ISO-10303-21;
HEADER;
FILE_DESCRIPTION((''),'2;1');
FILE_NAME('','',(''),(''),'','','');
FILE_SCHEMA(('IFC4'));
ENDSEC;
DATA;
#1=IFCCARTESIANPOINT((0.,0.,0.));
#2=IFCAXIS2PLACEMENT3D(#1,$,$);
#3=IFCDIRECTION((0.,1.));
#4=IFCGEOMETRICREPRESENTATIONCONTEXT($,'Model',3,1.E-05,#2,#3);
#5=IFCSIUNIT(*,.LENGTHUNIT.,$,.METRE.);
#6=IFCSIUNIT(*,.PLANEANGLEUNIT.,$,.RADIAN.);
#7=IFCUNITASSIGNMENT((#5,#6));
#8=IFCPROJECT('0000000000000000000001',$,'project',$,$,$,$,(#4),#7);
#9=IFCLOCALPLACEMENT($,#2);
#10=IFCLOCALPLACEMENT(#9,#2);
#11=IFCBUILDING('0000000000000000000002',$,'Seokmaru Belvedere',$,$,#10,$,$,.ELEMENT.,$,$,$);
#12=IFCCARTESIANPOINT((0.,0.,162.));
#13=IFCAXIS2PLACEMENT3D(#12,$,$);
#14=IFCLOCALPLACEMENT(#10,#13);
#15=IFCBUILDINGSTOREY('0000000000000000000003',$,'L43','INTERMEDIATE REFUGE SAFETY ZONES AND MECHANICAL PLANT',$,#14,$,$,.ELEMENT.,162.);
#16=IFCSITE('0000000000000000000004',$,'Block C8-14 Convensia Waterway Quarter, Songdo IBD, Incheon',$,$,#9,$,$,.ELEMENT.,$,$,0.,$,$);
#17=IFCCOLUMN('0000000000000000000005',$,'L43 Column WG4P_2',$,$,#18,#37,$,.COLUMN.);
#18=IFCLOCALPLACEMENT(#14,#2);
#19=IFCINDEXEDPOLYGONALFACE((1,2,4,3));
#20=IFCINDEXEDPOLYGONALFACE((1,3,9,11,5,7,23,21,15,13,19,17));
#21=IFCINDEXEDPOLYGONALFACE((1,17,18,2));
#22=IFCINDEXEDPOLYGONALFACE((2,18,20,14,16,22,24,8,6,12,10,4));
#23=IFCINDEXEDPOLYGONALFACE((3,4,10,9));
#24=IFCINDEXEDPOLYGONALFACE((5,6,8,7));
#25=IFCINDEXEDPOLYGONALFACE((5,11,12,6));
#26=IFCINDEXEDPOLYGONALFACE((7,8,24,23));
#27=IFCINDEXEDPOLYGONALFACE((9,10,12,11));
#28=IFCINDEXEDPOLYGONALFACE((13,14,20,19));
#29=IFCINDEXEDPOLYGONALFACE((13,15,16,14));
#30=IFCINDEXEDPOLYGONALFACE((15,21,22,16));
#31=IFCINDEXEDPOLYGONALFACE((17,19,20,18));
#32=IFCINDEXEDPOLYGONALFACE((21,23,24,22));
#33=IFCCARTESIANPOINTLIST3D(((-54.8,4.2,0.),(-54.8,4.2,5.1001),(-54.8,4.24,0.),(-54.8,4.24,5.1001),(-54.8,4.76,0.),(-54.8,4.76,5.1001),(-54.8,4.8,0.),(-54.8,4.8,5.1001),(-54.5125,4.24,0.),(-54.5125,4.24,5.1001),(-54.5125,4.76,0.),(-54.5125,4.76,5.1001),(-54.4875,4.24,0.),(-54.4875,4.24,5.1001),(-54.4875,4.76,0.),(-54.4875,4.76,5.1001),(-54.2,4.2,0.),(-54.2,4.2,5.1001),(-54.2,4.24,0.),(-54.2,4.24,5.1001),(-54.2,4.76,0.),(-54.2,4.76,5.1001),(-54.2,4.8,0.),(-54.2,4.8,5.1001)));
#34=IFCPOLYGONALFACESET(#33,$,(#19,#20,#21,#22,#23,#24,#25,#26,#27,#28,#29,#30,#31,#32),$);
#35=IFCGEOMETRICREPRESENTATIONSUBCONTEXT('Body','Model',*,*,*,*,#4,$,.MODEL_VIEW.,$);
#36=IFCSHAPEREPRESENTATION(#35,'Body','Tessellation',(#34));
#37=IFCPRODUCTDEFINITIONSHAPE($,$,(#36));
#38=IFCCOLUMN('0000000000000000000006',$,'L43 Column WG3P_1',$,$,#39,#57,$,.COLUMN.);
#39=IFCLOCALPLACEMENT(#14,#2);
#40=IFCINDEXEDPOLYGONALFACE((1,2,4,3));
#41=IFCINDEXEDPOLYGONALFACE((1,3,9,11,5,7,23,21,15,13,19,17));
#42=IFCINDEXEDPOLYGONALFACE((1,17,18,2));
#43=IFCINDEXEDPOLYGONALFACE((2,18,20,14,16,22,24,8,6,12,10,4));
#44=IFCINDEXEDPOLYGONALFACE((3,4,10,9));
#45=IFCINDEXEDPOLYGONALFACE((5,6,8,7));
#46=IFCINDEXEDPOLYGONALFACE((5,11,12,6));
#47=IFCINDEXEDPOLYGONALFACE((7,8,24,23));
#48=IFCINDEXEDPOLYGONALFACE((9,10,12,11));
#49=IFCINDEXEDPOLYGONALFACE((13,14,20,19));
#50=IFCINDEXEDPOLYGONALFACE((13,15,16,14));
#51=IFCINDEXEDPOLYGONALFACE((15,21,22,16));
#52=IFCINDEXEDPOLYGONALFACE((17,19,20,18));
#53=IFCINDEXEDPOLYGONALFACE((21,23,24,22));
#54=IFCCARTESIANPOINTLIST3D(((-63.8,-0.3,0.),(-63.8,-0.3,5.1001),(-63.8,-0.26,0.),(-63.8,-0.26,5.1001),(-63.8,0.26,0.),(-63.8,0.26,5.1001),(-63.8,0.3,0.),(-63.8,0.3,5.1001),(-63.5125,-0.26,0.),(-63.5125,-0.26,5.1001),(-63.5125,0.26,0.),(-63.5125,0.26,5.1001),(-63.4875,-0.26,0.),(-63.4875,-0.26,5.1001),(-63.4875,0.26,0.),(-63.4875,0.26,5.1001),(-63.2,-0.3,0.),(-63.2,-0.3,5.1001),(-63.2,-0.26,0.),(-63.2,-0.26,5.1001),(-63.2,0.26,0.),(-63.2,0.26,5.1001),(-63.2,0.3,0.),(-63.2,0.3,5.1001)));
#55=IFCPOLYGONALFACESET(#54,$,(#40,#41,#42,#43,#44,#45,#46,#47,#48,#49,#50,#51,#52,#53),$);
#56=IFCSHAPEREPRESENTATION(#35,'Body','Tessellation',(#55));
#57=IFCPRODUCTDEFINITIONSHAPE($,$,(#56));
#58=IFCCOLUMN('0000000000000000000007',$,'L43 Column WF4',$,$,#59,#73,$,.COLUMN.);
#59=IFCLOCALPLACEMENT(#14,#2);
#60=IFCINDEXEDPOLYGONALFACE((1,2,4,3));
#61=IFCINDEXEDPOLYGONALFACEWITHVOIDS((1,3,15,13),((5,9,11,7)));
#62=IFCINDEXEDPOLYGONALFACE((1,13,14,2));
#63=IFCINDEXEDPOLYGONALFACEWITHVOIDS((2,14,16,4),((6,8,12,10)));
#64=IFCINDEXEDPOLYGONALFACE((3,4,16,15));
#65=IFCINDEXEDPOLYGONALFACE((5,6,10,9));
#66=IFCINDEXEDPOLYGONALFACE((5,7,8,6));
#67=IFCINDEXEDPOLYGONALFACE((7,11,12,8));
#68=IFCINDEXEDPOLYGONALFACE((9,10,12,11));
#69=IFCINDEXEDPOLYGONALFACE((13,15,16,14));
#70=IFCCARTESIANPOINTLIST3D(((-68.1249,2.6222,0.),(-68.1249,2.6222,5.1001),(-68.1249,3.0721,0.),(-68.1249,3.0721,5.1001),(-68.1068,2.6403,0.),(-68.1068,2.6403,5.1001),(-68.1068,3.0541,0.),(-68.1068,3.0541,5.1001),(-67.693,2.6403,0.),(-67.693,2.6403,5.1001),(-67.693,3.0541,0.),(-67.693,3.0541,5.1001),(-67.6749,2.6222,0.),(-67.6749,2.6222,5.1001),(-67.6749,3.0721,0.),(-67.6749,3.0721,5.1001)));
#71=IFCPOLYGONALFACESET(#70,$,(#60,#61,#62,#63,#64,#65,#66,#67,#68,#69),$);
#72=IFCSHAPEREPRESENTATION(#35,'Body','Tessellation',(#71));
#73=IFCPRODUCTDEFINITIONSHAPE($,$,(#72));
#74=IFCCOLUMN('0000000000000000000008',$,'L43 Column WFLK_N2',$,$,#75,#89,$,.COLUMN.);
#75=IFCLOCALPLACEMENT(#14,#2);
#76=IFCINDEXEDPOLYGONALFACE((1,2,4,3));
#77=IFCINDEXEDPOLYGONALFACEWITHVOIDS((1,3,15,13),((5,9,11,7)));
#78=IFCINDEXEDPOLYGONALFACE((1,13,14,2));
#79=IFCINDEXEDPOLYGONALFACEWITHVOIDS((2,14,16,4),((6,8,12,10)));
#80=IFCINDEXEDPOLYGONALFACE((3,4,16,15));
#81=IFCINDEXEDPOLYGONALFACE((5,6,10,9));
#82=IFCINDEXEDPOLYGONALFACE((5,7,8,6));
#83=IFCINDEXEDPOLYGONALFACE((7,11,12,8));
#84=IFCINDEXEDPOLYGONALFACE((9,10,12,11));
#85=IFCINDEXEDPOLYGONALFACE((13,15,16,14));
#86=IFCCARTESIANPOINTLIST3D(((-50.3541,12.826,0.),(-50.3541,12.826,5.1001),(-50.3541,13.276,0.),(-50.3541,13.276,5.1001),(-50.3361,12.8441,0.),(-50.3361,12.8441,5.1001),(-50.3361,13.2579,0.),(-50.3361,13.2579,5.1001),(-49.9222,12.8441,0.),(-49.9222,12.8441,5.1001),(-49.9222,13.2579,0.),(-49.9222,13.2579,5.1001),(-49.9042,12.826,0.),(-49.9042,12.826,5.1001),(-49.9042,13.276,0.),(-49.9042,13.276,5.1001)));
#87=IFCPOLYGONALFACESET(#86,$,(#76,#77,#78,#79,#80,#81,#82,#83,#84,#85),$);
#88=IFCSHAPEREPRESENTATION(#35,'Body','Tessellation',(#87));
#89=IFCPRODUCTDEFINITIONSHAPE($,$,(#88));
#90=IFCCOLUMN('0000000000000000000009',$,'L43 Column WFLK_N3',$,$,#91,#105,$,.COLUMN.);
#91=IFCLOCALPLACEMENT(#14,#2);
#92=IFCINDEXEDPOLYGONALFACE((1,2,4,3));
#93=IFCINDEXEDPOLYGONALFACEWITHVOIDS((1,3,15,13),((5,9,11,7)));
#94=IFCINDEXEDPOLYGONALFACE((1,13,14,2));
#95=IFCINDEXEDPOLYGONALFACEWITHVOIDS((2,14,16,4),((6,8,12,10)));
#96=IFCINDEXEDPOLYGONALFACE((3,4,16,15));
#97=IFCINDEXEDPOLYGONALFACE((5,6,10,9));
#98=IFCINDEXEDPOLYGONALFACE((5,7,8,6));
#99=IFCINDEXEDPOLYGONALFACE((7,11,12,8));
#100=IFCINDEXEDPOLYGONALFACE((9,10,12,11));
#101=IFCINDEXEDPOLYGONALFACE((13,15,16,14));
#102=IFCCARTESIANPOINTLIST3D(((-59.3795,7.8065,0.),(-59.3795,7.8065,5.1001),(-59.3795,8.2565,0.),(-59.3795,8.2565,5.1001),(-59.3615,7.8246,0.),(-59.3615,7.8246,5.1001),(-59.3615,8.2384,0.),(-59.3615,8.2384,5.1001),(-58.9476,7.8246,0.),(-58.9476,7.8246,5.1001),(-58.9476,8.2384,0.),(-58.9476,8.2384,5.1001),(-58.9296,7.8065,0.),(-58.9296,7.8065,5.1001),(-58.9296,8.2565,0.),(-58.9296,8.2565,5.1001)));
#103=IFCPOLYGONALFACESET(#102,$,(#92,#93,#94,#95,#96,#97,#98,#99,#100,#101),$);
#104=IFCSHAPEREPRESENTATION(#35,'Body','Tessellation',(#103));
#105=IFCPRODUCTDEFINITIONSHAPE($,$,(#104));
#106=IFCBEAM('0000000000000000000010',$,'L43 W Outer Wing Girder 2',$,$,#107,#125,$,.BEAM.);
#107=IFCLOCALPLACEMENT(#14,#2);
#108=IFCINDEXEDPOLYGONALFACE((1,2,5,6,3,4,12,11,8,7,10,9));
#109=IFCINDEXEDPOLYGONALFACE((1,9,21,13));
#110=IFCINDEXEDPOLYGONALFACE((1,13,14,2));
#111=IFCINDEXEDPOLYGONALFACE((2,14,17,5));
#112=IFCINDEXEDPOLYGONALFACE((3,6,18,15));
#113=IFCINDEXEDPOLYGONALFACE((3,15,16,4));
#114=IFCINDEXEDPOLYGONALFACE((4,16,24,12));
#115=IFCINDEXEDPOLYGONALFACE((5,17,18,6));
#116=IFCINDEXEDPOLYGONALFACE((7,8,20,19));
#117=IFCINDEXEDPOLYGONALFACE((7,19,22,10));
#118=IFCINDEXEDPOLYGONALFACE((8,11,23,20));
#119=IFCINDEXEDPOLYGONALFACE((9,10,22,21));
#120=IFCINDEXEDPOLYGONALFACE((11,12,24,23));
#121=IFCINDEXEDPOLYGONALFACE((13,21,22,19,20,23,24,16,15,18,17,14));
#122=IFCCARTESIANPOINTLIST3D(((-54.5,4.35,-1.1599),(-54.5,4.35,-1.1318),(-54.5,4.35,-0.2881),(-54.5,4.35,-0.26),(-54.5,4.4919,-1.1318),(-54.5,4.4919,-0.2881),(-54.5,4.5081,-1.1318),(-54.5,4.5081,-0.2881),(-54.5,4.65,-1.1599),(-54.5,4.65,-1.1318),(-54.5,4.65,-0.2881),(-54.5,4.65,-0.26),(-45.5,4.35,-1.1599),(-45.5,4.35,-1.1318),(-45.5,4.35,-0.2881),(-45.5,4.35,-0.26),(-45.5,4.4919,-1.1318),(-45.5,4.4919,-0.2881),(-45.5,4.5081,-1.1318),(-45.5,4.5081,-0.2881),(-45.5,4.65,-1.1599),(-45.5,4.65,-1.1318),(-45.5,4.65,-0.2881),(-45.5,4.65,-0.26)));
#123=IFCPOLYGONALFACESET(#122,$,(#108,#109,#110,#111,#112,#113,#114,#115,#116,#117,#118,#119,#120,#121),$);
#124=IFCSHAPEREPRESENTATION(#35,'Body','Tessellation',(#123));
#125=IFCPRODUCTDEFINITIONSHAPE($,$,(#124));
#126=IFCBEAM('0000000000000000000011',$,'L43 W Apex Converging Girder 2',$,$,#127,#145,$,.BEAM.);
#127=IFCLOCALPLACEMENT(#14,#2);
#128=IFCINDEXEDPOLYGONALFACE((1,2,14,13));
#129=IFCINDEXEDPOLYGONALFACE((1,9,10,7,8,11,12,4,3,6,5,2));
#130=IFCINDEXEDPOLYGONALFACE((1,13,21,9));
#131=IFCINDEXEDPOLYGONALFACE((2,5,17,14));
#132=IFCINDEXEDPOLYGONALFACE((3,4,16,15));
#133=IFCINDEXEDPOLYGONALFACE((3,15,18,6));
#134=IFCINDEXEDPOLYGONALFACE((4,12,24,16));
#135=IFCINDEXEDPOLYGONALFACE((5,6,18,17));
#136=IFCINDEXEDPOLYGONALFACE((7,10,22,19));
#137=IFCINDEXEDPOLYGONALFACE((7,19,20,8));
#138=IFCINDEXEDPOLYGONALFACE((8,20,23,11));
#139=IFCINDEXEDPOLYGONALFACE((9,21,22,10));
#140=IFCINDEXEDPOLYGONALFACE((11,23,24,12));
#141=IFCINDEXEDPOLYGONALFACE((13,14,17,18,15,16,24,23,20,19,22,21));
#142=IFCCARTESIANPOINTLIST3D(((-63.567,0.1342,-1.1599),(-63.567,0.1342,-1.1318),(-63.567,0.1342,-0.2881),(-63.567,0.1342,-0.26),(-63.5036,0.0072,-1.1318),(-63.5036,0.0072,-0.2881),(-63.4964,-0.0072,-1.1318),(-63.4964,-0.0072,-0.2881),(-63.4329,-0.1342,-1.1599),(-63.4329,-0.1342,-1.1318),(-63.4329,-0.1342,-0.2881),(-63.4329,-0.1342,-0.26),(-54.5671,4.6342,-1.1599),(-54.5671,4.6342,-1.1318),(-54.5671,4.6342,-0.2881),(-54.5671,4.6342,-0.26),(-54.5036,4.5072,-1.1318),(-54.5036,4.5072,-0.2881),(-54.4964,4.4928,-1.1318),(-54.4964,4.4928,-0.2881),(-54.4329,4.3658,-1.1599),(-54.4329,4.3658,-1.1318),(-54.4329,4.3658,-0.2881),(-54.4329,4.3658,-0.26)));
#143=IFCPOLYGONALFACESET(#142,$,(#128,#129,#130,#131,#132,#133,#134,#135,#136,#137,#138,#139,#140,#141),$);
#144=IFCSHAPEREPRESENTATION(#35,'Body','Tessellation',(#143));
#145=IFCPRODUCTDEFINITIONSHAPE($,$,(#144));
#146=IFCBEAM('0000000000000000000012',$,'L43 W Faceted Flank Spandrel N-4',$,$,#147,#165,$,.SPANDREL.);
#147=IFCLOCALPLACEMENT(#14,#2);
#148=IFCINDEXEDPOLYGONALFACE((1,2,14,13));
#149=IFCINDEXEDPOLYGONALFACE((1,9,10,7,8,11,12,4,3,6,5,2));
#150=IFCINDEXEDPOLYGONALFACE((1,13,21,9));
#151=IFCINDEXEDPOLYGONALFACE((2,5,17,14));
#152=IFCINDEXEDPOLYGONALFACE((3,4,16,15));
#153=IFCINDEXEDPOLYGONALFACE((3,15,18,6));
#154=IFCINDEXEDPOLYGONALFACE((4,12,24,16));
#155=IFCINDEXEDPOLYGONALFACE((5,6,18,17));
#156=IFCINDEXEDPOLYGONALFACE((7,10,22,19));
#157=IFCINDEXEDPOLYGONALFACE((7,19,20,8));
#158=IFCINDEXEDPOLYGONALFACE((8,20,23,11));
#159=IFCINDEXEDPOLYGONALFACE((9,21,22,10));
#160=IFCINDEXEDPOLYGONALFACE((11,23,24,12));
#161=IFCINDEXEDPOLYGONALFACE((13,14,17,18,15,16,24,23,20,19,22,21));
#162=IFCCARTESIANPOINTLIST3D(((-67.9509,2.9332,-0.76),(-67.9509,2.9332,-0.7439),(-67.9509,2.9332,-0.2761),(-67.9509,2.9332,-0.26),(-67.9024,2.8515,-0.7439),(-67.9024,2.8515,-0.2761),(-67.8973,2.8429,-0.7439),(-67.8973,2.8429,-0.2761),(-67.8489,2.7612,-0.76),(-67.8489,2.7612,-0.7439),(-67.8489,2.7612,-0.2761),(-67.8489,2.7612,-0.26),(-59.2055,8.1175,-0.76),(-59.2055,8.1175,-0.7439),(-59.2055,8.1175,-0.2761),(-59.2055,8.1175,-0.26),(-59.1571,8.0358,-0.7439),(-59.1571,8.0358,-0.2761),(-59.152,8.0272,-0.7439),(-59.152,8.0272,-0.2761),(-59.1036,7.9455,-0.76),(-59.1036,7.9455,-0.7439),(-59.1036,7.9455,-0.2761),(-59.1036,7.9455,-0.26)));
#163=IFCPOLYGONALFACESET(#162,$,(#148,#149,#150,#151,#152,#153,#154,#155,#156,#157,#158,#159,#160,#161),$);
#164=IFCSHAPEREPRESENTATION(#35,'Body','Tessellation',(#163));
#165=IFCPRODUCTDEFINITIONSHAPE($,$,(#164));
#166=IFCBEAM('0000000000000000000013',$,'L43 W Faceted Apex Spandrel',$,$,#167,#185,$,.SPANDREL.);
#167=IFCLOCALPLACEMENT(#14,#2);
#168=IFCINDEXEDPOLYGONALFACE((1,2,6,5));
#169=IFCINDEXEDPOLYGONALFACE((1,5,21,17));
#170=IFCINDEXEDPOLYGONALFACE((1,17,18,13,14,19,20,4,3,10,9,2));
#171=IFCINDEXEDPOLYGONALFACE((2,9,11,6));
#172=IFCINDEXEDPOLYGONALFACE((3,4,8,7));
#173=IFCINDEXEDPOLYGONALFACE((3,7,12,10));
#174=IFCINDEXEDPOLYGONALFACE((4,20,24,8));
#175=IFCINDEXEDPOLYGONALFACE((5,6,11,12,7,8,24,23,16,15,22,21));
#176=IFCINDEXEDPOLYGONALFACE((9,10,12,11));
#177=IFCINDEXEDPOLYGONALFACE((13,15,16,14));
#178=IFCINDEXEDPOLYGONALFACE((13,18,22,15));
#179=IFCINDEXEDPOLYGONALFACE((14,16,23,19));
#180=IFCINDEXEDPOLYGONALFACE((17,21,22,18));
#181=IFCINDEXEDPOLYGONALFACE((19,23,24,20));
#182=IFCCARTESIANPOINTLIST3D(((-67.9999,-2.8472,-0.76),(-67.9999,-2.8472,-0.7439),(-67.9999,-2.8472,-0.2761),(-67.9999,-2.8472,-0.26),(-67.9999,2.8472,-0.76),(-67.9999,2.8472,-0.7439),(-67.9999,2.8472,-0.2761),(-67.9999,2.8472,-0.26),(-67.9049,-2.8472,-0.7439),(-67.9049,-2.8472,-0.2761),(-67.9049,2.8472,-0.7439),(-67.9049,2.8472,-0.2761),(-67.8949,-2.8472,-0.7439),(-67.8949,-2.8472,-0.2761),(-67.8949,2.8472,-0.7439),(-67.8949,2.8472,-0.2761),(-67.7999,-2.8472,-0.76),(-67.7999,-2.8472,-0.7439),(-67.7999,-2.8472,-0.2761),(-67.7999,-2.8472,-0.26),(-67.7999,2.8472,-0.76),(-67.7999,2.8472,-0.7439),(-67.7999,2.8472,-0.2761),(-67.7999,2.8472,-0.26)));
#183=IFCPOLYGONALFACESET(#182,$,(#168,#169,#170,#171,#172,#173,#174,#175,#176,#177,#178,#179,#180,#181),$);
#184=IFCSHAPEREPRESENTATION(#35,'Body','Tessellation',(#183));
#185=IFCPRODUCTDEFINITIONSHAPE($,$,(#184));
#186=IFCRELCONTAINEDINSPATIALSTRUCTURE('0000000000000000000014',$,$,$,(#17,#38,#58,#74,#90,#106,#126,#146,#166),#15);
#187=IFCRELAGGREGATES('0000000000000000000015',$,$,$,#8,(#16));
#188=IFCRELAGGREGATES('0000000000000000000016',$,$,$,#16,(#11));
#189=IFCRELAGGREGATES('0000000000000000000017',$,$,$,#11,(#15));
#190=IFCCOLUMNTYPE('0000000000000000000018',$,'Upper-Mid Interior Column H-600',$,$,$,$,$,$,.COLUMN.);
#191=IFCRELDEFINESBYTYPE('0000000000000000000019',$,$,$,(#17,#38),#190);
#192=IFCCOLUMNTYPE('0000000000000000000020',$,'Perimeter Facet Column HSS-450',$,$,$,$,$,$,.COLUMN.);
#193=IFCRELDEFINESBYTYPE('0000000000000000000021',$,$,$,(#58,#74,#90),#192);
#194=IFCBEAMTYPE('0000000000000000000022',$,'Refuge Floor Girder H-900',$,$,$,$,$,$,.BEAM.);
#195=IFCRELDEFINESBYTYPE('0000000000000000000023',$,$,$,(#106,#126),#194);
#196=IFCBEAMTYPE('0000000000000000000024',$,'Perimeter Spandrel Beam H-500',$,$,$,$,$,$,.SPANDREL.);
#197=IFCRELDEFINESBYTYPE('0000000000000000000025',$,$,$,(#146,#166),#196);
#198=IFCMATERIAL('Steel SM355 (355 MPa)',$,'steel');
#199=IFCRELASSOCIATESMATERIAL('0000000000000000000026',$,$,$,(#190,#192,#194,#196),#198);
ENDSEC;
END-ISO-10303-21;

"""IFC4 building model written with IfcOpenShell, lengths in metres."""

from ifc_helpers import new_model, si_unit, direction, frame, origin, origin_2d, place, context, subcontext, project, spatial, hollow_rectangle, i_section, extrude, source, transform, mapped, material, material_profile, profile_set, type_object, type_shapes, element, save


model = new_model("IFC4")

# Units and contexts
model_context = context("Model", 3, precision=1e-05, world=origin(), true_north=direction((0.0, 1.0)))
body_context = subcontext(model_context, "Body", "Model", "MODEL_VIEW")
ifc_project = project(units=[si_unit("LENGTHUNIT", "METRE"), si_unit("PLANEANGLEUNIT", "RADIAN")], contexts=[model_context])

# Site, building, storey
site_placement = place(None, origin())
site = spatial("IfcSite", under=ifc_project, at=site_placement, Name="Block C8-14 Convensia Waterway Quarter, Songdo IBD, Incheon", CompositionType="ELEMENT", RefElevation=0.0)
building_placement = place(site_placement, origin())
building = spatial("IfcBuilding", under=site, at=building_placement, Name="Seokmaru Belvedere", CompositionType="ELEMENT")
storey_placement = place(building_placement, frame((0.0, 0.0, 162.0)))
storey = spatial("IfcBuildingStorey", under=building, at=storey_placement, Name="L43", Description="INTERMEDIATE REFUGE SAFETY ZONES AND MECHANICAL PLANT", CompositionType="ELEMENT", Elevation=162.0)

# Columns
ifc_material_1 = material(Name="Steel SM355 (355 MPa)", Category="steel")
ifc_material_profile_1 = material_profile(ifc_material_1, i_section(OverallWidth=0.6001, OverallDepth=0.6001, WebThickness=0.0249, FlangeThickness=0.04, at=origin_2d()), Name="H-600x600x25x40")
ifc_profile_set_1 = profile_set([ifc_material_profile_1], Name="Steel SM355 (355 MPa)")
column_type_1 = type_object("IfcColumnType", Name="Upper-Mid Interior Column H-600", PredefinedType="COLUMN", material=ifc_profile_set_1)
shared_shape_1 = source(origin(), body_context, "Body", "SweptSolid", [
    extrude(i_section(OverallWidth=0.6001, OverallDepth=0.6001, WebThickness=0.0249, FlangeThickness=0.04, at=origin_2d()), origin(), (0.0, 0.0, 1.0), 5.1001),
])
type_shapes(column_type_1, [shared_shape_1])
for number, where, z_axis, x_axis, name in (
    (1, (-54.5, 4.5, 0.0), (0.0, 0.0, 1.0), (1.0, 0.0, 0.0), "L43 Column WG4P_2"),
    (2, (-63.5, 0.0, 0.0), (0.0, 0.0, 1.0), (1.0, 0.0, 0.0), "L43 Column WG3P_1"),
):
    element("IfcColumn", number, at=place(storey_placement, frame(where, z_axis=z_axis, x_axis=x_axis)), inside=storey, type_object=column_type_1, Name=name, PredefinedType="COLUMN", context=body_context, shape_type="MappedRepresentation", body=[
        mapped(shared_shape_1, transform((0.0, 0.0, 0.0), scale=1.0)),
    ])
ifc_material_profile_2 = material_profile(ifc_material_1, hollow_rectangle(XDim=0.45, YDim=0.45, WallThickness=0.0181, at=origin_2d()), Name="HSS-450x450x18")
ifc_profile_set_2 = profile_set([ifc_material_profile_2], Name="Steel SM355 (355 MPa)")
column_type_2 = type_object("IfcColumnType", Name="Perimeter Facet Column HSS-450", PredefinedType="COLUMN", material=ifc_profile_set_2)
shared_shape_2 = source(origin(), body_context, "Body", "SweptSolid", [
    extrude(hollow_rectangle(XDim=0.45, YDim=0.45, WallThickness=0.0181, at=origin_2d()), origin(), (0.0, 0.0, 1.0), 5.1001),
])
type_shapes(column_type_2, [shared_shape_2])
for number, where, z_axis, x_axis, name in (
    (3, (-67.8999, 2.8472, 0.0), (0.0, 0.0, 1.0), (1.0, 0.0, 0.0), "L43 Column WF4"),
    (4, (-50.1292, 13.051, 0.0), (0.0, 0.0, 1.0), (1.0, 0.0, 0.0), "L43 Column WFLK_N2"),
    (5, (-59.1545, 8.0315, 0.0), (0.0, 0.0, 1.0), (1.0, 0.0, 0.0), "L43 Column WFLK_N3"),
):
    element("IfcColumn", number, at=place(storey_placement, frame(where, z_axis=z_axis, x_axis=x_axis)), inside=storey, type_object=column_type_2, Name=name, PredefinedType="COLUMN", context=body_context, shape_type="MappedRepresentation", body=[
        mapped(shared_shape_2, transform((0.0, 0.0, 0.0), scale=1.0)),
    ])

# Beams
ifc_material_profile_3 = material_profile(ifc_material_1, i_section(OverallWidth=0.3, OverallDepth=0.8999, WebThickness=0.0161, FlangeThickness=0.0281, at=origin_2d()), Name="H-900x300x16x28")
ifc_profile_set_3 = profile_set([ifc_material_profile_3], Name="Steel SM355 (355 MPa)")
beam_type_1 = type_object("IfcBeamType", Name="Refuge Floor Girder H-900", PredefinedType="BEAM", material=ifc_profile_set_3)
shared_shape_3 = source(origin(), body_context, "Body", "SweptSolid", [
    extrude(i_section(OverallWidth=0.3, OverallDepth=0.8999, WebThickness=0.0161, FlangeThickness=0.0281, at=origin_2d()), origin(), (0.0, 0.0, 1.0), 9.0),
])
beam_1_placement = place(storey_placement, frame((-54.5, 4.5, -0.71), z_axis=(1.0, 0.0, 0.0), x_axis=(0.0, 1.0, 0.0)))
element("IfcBeam", 6, at=beam_1_placement, inside=storey, type_object=beam_type_1, Name="L43 W Outer Wing Girder 2", PredefinedType="BEAM", context=body_context, shape_type="MappedRepresentation", body=[
    mapped(shared_shape_3, transform((0.0, 0.0, 0.0), scale=1.0)),
])
shared_shape_4 = source(origin(), body_context, "Body", "SweptSolid", [
    extrude(i_section(OverallWidth=0.3, OverallDepth=0.8999, WebThickness=0.0161, FlangeThickness=0.0281, at=origin_2d()), origin(), (0.0, 0.0, 1.0), 10.0623),
])
beam_2_placement = place(storey_placement, frame((-54.5, 4.5, -0.71), z_axis=(-0.894427, -0.447214, 0.0), x_axis=(0.447214, -0.894427, 0.0)))
element("IfcBeam", 7, at=beam_2_placement, inside=storey, type_object=beam_type_1, Name="L43 W Apex Converging Girder 2", PredefinedType="BEAM", context=body_context, shape_type="MappedRepresentation", body=[
    mapped(shared_shape_4, transform((0.0, 0.0, 0.0), scale=1.0)),
])
ifc_material_profile_4 = material_profile(ifc_material_1, i_section(OverallWidth=0.2, OverallDepth=0.5, WebThickness=0.01, FlangeThickness=0.0161, at=origin_2d()), Name="H-500x200x10x16")
ifc_profile_set_4 = profile_set([ifc_material_profile_4], Name="Steel SM355 (355 MPa)")
beam_type_2 = type_object("IfcBeamType", Name="Perimeter Spandrel Beam H-500", PredefinedType="SPANDREL", material=ifc_profile_set_4)
shared_shape_5 = source(origin(), body_context, "Body", "SweptSolid", [
    extrude(i_section(OverallWidth=0.2, OverallDepth=0.5, WebThickness=0.01, FlangeThickness=0.0161, at=origin_2d()), origin(), (0.0, 0.0, 1.0), 10.1665),
])
beam_3_placement = place(storey_placement, frame((-59.1545, 8.0315, -0.51), z_axis=(-0.86021, -0.50994, 0.0), x_axis=(0.50994, -0.86021, 0.0)))
element("IfcBeam", 8, at=beam_3_placement, inside=storey, type_object=beam_type_2, Name="L43 W Faceted Flank Spandrel N-4", PredefinedType="SPANDREL", context=body_context, shape_type="MappedRepresentation", body=[
    mapped(shared_shape_5, transform((0.0, 0.0, 0.0), scale=1.0)),
])
shared_shape_6 = source(origin(), body_context, "Body", "SweptSolid", [
    extrude(i_section(OverallWidth=0.2, OverallDepth=0.5, WebThickness=0.01, FlangeThickness=0.0161, at=origin_2d()), origin(), (0.0, 0.0, 1.0), 5.6943),
])
type_shapes(beam_type_2, [shared_shape_5, shared_shape_6])
beam_4_placement = place(storey_placement, frame((-67.8999, -2.8472, -0.51), z_axis=(0.0, 1.0, 0.0), x_axis=(-1.0, 0.0, 0.0)))
element("IfcBeam", 9, at=beam_4_placement, inside=storey, type_object=beam_type_2, Name="L43 W Faceted Apex Spandrel", PredefinedType="SPANDREL", context=body_context, shape_type="MappedRepresentation", body=[
    mapped(shared_shape_6, transform((0.0, 0.0, 0.0), scale=1.0)),
])

save(model, "model.ifc")
